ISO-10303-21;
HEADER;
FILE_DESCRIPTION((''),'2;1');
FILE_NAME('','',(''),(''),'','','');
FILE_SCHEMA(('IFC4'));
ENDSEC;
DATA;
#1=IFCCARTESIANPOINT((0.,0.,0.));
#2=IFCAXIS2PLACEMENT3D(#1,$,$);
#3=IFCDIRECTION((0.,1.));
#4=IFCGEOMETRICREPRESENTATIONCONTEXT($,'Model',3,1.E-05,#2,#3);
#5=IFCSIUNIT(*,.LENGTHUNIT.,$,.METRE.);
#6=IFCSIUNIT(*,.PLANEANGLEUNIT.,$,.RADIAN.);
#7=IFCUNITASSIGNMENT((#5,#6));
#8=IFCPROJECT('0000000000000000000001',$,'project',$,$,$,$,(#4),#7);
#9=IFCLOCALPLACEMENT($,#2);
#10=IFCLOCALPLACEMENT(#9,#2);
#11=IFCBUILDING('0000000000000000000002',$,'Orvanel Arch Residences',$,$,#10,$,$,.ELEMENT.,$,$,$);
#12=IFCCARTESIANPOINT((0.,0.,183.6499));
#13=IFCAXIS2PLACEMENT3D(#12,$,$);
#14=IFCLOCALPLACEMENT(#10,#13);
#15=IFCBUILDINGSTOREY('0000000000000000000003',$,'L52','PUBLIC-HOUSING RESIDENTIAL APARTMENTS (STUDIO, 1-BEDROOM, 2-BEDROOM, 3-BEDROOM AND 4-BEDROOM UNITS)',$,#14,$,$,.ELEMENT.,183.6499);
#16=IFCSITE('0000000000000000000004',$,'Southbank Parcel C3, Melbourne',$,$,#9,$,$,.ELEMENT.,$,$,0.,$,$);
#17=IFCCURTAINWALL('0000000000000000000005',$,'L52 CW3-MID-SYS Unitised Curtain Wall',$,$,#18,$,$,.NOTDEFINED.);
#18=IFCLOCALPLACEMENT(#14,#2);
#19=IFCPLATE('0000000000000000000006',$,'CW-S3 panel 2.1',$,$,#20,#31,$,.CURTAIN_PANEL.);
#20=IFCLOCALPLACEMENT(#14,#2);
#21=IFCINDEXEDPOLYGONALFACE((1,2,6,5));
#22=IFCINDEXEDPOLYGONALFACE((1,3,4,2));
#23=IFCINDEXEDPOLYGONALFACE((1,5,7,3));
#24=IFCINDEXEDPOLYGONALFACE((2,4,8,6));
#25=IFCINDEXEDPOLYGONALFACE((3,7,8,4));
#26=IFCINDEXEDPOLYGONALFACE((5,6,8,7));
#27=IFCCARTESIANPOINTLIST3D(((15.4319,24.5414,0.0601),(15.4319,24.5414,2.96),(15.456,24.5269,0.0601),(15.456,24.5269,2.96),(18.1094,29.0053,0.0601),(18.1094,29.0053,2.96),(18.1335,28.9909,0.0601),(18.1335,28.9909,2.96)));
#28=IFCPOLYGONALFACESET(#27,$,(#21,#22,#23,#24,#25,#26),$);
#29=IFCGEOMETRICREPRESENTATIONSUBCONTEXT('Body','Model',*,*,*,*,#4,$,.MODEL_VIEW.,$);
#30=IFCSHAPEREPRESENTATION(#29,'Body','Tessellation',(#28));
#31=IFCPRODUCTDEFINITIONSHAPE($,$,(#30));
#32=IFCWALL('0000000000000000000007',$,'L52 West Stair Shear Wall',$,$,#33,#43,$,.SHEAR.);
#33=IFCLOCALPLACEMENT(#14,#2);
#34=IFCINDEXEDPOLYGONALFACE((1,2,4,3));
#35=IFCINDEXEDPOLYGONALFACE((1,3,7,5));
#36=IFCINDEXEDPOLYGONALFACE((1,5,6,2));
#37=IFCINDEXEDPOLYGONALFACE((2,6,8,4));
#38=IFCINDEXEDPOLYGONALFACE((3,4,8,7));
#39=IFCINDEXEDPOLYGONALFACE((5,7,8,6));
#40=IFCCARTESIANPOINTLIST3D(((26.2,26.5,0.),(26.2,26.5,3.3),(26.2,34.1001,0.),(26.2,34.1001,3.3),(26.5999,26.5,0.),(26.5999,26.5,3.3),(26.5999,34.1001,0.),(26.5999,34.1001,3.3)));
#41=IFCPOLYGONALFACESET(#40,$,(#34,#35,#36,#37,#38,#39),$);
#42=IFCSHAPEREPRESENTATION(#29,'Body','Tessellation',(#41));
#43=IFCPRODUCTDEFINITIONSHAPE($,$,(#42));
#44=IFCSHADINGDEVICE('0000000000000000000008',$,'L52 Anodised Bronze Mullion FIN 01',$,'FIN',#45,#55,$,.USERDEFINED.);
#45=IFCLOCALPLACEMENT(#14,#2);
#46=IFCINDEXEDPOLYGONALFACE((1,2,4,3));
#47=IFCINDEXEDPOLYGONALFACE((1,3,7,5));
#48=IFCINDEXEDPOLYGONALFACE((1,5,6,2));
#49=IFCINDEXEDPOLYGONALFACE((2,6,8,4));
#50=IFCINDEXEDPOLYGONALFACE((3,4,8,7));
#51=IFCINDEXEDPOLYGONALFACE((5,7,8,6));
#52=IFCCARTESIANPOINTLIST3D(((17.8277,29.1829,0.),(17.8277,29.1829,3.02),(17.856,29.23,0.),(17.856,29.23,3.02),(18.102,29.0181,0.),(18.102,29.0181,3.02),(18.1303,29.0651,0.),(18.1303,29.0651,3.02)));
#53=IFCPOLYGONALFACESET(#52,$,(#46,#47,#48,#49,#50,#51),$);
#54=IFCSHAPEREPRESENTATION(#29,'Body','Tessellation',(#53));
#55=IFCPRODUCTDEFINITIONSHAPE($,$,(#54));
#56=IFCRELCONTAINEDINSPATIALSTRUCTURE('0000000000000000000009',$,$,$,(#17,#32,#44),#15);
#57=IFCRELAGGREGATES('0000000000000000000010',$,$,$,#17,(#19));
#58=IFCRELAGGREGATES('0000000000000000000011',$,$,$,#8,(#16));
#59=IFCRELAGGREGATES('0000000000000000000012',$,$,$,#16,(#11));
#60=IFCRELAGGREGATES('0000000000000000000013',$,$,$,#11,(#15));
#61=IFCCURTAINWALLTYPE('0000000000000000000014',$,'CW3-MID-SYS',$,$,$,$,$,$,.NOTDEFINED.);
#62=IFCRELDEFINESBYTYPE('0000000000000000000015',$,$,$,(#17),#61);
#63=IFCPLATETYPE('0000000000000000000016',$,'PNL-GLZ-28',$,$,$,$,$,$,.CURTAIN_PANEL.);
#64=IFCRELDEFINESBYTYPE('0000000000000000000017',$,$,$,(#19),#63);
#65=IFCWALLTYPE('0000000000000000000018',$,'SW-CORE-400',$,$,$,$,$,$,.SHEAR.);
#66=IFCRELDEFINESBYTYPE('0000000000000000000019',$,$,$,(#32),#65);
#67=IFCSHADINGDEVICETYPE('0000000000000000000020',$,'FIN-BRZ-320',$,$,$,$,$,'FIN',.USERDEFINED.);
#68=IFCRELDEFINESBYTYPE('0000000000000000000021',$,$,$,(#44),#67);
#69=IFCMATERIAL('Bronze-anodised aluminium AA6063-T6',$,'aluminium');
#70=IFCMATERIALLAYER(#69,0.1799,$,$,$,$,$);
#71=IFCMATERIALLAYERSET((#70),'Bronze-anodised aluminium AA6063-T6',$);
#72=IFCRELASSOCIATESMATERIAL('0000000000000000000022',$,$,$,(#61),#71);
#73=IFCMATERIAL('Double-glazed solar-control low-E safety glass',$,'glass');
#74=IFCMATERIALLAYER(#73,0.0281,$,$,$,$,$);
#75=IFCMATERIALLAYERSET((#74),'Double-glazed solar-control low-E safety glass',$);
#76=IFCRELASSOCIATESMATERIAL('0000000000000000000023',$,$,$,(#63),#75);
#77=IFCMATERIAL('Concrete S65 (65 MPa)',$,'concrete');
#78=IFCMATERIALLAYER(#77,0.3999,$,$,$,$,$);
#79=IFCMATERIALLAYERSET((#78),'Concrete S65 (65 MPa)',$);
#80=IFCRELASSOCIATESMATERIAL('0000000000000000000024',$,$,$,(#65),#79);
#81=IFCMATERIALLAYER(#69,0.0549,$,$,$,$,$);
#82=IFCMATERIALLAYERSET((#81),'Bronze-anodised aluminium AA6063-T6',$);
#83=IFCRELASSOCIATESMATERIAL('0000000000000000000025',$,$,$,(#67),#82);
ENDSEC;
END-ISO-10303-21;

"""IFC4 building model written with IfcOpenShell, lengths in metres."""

from ifc_helpers import new_model, si_unit, direction, frame, frame_2d, origin, origin_2d, place, context, subcontext, project, spatial, rectangle, extrude, material, layer, layer_set, type_object, element, aggregate, save


model = new_model("IFC4")

# Units and contexts
model_context = context("Model", 3, precision=1e-05, world=origin(), true_north=direction((0.0, 1.0)))
body_context = subcontext(model_context, "Body", "Model", "MODEL_VIEW")
ifc_project = project(units=[si_unit("LENGTHUNIT", "METRE"), si_unit("PLANEANGLEUNIT", "RADIAN")], contexts=[model_context])

# Site, building, storey
site_placement = place(None, origin())
site = spatial("IfcSite", under=ifc_project, at=site_placement, Name="Southbank Parcel C3, Melbourne", CompositionType="ELEMENT", RefElevation=0.0)
building_placement = place(site_placement, origin())
building = spatial("IfcBuilding", under=site, at=building_placement, Name="Orvanel Arch Residences", CompositionType="ELEMENT")
storey_placement = place(building_placement, frame((0.0, 0.0, 183.6499)))
storey = spatial("IfcBuildingStorey", under=building, at=storey_placement, Name="L52", Description="PUBLIC-HOUSING RESIDENTIAL APARTMENTS (STUDIO, 1-BEDROOM, 2-BEDROOM, 3-BEDROOM AND 4-BEDROOM UNITS)", CompositionType="ELEMENT", Elevation=183.6499)

# Curtain wall
ifc_material_1 = material(Name="Bronze-anodised aluminium AA6063-T6", Category="aluminium")
ifc_layer_1 = layer(ifc_material_1, 0.1799)
ifc_layer_set_1 = layer_set([ifc_layer_1], Name="Bronze-anodised aluminium AA6063-T6")
curtain_wall_type = type_object("IfcCurtainWallType", Name="CW3-MID-SYS", PredefinedType="NOTDEFINED", material=ifc_layer_set_1)
curtain_wall_1_placement = place(storey_placement, origin())
curtain_wall_1 = element("IfcCurtainWall", 1, at=curtain_wall_1_placement, inside=storey, type_object=curtain_wall_type, Name="L52 CW3-MID-SYS Unitised Curtain Wall", PredefinedType="NOTDEFINED")

# Plate
ifc_material_2 = material(Name="Double-glazed solar-control low-E safety glass", Category="glass")
ifc_layer_2 = layer(ifc_material_2, 0.0281)
ifc_layer_set_2 = layer_set([ifc_layer_2], Name="Double-glazed solar-control low-E safety glass")
plate_type_1 = type_object("IfcPlateType", Name="PNL-GLZ-28", PredefinedType="CURTAIN_PANEL", material=ifc_layer_set_2)
plate_1_placement = place(storey_placement, frame((16.7827, 26.7661, 0.0601), z_axis=(0.0, 0.0, 1.0), x_axis=(-0.514371, -0.857568, 0.0)))
plate_1 = element("IfcPlate", 2, at=plate_1_placement, type_object=plate_type_1, Name="CW-S3 panel 2.1", PredefinedType="CURTAIN_PANEL", context=body_context, shape_type="SweptSolid", body=[
    extrude(rectangle(XDim=5.2053, YDim=0.0281, at=origin_2d()), origin(), (0.0, 0.0, 1.0), 2.8999),
])
aggregate(curtain_wall_1, [plate_1])

# Shared definitions
ifc_material_3 = material(Name="Concrete S65 (65 MPa)", Category="concrete")
ifc_layer_3 = layer(ifc_material_3, 0.3999)
ifc_layer_set_3 = layer_set([ifc_layer_3], Name="Concrete S65 (65 MPa)")
wall_type = type_object("IfcWallType", Name="SW-CORE-400", PredefinedType="SHEAR", material=ifc_layer_set_3)

# Wall
wall_1_placement = place(storey_placement, frame((26.3999, 26.5, 0.0), z_axis=(0.0, 0.0, 1.0), x_axis=(0.0, 1.0, 0.0)))
element("IfcWall", 3, at=wall_1_placement, inside=storey, type_object=wall_type, Name="L52 West Stair Shear Wall", PredefinedType="SHEAR", context=body_context, shape_type="SweptSolid", body=[
    extrude(rectangle(XDim=7.6001, YDim=0.3999, at=frame_2d((3.8, 0.0))), origin(), (0.0, 0.0, 1.0), 3.3),
])

# Shading device
ifc_layer_4 = layer(ifc_material_1, 0.0549)
ifc_layer_set_4 = layer_set([ifc_layer_4], Name="Bronze-anodised aluminium AA6063-T6")
shading_device_type = type_object("IfcShadingDeviceType", Name="FIN-BRZ-320", ElementType="FIN", PredefinedType="USERDEFINED", material=ifc_layer_set_4)
shading_device_placement = place(storey_placement, frame((17.979, 29.124, 0.0), z_axis=(0.0, 0.0, 1.0), x_axis=(-0.857167, 0.515038, 0.0)))
element("IfcShadingDevice", 4, at=shading_device_placement, inside=storey, type_object=shading_device_type, Name="L52 Anodised Bronze Mullion FIN 01", ObjectType="FIN", PredefinedType="USERDEFINED", context=body_context, shape_type="SweptSolid", body=[
    extrude(rectangle(XDim=0.3201, YDim=0.0549, at=origin_2d()), origin(), (0.0, 0.0, 1.0), 3.02),
])

save(model, "model.ifc")
